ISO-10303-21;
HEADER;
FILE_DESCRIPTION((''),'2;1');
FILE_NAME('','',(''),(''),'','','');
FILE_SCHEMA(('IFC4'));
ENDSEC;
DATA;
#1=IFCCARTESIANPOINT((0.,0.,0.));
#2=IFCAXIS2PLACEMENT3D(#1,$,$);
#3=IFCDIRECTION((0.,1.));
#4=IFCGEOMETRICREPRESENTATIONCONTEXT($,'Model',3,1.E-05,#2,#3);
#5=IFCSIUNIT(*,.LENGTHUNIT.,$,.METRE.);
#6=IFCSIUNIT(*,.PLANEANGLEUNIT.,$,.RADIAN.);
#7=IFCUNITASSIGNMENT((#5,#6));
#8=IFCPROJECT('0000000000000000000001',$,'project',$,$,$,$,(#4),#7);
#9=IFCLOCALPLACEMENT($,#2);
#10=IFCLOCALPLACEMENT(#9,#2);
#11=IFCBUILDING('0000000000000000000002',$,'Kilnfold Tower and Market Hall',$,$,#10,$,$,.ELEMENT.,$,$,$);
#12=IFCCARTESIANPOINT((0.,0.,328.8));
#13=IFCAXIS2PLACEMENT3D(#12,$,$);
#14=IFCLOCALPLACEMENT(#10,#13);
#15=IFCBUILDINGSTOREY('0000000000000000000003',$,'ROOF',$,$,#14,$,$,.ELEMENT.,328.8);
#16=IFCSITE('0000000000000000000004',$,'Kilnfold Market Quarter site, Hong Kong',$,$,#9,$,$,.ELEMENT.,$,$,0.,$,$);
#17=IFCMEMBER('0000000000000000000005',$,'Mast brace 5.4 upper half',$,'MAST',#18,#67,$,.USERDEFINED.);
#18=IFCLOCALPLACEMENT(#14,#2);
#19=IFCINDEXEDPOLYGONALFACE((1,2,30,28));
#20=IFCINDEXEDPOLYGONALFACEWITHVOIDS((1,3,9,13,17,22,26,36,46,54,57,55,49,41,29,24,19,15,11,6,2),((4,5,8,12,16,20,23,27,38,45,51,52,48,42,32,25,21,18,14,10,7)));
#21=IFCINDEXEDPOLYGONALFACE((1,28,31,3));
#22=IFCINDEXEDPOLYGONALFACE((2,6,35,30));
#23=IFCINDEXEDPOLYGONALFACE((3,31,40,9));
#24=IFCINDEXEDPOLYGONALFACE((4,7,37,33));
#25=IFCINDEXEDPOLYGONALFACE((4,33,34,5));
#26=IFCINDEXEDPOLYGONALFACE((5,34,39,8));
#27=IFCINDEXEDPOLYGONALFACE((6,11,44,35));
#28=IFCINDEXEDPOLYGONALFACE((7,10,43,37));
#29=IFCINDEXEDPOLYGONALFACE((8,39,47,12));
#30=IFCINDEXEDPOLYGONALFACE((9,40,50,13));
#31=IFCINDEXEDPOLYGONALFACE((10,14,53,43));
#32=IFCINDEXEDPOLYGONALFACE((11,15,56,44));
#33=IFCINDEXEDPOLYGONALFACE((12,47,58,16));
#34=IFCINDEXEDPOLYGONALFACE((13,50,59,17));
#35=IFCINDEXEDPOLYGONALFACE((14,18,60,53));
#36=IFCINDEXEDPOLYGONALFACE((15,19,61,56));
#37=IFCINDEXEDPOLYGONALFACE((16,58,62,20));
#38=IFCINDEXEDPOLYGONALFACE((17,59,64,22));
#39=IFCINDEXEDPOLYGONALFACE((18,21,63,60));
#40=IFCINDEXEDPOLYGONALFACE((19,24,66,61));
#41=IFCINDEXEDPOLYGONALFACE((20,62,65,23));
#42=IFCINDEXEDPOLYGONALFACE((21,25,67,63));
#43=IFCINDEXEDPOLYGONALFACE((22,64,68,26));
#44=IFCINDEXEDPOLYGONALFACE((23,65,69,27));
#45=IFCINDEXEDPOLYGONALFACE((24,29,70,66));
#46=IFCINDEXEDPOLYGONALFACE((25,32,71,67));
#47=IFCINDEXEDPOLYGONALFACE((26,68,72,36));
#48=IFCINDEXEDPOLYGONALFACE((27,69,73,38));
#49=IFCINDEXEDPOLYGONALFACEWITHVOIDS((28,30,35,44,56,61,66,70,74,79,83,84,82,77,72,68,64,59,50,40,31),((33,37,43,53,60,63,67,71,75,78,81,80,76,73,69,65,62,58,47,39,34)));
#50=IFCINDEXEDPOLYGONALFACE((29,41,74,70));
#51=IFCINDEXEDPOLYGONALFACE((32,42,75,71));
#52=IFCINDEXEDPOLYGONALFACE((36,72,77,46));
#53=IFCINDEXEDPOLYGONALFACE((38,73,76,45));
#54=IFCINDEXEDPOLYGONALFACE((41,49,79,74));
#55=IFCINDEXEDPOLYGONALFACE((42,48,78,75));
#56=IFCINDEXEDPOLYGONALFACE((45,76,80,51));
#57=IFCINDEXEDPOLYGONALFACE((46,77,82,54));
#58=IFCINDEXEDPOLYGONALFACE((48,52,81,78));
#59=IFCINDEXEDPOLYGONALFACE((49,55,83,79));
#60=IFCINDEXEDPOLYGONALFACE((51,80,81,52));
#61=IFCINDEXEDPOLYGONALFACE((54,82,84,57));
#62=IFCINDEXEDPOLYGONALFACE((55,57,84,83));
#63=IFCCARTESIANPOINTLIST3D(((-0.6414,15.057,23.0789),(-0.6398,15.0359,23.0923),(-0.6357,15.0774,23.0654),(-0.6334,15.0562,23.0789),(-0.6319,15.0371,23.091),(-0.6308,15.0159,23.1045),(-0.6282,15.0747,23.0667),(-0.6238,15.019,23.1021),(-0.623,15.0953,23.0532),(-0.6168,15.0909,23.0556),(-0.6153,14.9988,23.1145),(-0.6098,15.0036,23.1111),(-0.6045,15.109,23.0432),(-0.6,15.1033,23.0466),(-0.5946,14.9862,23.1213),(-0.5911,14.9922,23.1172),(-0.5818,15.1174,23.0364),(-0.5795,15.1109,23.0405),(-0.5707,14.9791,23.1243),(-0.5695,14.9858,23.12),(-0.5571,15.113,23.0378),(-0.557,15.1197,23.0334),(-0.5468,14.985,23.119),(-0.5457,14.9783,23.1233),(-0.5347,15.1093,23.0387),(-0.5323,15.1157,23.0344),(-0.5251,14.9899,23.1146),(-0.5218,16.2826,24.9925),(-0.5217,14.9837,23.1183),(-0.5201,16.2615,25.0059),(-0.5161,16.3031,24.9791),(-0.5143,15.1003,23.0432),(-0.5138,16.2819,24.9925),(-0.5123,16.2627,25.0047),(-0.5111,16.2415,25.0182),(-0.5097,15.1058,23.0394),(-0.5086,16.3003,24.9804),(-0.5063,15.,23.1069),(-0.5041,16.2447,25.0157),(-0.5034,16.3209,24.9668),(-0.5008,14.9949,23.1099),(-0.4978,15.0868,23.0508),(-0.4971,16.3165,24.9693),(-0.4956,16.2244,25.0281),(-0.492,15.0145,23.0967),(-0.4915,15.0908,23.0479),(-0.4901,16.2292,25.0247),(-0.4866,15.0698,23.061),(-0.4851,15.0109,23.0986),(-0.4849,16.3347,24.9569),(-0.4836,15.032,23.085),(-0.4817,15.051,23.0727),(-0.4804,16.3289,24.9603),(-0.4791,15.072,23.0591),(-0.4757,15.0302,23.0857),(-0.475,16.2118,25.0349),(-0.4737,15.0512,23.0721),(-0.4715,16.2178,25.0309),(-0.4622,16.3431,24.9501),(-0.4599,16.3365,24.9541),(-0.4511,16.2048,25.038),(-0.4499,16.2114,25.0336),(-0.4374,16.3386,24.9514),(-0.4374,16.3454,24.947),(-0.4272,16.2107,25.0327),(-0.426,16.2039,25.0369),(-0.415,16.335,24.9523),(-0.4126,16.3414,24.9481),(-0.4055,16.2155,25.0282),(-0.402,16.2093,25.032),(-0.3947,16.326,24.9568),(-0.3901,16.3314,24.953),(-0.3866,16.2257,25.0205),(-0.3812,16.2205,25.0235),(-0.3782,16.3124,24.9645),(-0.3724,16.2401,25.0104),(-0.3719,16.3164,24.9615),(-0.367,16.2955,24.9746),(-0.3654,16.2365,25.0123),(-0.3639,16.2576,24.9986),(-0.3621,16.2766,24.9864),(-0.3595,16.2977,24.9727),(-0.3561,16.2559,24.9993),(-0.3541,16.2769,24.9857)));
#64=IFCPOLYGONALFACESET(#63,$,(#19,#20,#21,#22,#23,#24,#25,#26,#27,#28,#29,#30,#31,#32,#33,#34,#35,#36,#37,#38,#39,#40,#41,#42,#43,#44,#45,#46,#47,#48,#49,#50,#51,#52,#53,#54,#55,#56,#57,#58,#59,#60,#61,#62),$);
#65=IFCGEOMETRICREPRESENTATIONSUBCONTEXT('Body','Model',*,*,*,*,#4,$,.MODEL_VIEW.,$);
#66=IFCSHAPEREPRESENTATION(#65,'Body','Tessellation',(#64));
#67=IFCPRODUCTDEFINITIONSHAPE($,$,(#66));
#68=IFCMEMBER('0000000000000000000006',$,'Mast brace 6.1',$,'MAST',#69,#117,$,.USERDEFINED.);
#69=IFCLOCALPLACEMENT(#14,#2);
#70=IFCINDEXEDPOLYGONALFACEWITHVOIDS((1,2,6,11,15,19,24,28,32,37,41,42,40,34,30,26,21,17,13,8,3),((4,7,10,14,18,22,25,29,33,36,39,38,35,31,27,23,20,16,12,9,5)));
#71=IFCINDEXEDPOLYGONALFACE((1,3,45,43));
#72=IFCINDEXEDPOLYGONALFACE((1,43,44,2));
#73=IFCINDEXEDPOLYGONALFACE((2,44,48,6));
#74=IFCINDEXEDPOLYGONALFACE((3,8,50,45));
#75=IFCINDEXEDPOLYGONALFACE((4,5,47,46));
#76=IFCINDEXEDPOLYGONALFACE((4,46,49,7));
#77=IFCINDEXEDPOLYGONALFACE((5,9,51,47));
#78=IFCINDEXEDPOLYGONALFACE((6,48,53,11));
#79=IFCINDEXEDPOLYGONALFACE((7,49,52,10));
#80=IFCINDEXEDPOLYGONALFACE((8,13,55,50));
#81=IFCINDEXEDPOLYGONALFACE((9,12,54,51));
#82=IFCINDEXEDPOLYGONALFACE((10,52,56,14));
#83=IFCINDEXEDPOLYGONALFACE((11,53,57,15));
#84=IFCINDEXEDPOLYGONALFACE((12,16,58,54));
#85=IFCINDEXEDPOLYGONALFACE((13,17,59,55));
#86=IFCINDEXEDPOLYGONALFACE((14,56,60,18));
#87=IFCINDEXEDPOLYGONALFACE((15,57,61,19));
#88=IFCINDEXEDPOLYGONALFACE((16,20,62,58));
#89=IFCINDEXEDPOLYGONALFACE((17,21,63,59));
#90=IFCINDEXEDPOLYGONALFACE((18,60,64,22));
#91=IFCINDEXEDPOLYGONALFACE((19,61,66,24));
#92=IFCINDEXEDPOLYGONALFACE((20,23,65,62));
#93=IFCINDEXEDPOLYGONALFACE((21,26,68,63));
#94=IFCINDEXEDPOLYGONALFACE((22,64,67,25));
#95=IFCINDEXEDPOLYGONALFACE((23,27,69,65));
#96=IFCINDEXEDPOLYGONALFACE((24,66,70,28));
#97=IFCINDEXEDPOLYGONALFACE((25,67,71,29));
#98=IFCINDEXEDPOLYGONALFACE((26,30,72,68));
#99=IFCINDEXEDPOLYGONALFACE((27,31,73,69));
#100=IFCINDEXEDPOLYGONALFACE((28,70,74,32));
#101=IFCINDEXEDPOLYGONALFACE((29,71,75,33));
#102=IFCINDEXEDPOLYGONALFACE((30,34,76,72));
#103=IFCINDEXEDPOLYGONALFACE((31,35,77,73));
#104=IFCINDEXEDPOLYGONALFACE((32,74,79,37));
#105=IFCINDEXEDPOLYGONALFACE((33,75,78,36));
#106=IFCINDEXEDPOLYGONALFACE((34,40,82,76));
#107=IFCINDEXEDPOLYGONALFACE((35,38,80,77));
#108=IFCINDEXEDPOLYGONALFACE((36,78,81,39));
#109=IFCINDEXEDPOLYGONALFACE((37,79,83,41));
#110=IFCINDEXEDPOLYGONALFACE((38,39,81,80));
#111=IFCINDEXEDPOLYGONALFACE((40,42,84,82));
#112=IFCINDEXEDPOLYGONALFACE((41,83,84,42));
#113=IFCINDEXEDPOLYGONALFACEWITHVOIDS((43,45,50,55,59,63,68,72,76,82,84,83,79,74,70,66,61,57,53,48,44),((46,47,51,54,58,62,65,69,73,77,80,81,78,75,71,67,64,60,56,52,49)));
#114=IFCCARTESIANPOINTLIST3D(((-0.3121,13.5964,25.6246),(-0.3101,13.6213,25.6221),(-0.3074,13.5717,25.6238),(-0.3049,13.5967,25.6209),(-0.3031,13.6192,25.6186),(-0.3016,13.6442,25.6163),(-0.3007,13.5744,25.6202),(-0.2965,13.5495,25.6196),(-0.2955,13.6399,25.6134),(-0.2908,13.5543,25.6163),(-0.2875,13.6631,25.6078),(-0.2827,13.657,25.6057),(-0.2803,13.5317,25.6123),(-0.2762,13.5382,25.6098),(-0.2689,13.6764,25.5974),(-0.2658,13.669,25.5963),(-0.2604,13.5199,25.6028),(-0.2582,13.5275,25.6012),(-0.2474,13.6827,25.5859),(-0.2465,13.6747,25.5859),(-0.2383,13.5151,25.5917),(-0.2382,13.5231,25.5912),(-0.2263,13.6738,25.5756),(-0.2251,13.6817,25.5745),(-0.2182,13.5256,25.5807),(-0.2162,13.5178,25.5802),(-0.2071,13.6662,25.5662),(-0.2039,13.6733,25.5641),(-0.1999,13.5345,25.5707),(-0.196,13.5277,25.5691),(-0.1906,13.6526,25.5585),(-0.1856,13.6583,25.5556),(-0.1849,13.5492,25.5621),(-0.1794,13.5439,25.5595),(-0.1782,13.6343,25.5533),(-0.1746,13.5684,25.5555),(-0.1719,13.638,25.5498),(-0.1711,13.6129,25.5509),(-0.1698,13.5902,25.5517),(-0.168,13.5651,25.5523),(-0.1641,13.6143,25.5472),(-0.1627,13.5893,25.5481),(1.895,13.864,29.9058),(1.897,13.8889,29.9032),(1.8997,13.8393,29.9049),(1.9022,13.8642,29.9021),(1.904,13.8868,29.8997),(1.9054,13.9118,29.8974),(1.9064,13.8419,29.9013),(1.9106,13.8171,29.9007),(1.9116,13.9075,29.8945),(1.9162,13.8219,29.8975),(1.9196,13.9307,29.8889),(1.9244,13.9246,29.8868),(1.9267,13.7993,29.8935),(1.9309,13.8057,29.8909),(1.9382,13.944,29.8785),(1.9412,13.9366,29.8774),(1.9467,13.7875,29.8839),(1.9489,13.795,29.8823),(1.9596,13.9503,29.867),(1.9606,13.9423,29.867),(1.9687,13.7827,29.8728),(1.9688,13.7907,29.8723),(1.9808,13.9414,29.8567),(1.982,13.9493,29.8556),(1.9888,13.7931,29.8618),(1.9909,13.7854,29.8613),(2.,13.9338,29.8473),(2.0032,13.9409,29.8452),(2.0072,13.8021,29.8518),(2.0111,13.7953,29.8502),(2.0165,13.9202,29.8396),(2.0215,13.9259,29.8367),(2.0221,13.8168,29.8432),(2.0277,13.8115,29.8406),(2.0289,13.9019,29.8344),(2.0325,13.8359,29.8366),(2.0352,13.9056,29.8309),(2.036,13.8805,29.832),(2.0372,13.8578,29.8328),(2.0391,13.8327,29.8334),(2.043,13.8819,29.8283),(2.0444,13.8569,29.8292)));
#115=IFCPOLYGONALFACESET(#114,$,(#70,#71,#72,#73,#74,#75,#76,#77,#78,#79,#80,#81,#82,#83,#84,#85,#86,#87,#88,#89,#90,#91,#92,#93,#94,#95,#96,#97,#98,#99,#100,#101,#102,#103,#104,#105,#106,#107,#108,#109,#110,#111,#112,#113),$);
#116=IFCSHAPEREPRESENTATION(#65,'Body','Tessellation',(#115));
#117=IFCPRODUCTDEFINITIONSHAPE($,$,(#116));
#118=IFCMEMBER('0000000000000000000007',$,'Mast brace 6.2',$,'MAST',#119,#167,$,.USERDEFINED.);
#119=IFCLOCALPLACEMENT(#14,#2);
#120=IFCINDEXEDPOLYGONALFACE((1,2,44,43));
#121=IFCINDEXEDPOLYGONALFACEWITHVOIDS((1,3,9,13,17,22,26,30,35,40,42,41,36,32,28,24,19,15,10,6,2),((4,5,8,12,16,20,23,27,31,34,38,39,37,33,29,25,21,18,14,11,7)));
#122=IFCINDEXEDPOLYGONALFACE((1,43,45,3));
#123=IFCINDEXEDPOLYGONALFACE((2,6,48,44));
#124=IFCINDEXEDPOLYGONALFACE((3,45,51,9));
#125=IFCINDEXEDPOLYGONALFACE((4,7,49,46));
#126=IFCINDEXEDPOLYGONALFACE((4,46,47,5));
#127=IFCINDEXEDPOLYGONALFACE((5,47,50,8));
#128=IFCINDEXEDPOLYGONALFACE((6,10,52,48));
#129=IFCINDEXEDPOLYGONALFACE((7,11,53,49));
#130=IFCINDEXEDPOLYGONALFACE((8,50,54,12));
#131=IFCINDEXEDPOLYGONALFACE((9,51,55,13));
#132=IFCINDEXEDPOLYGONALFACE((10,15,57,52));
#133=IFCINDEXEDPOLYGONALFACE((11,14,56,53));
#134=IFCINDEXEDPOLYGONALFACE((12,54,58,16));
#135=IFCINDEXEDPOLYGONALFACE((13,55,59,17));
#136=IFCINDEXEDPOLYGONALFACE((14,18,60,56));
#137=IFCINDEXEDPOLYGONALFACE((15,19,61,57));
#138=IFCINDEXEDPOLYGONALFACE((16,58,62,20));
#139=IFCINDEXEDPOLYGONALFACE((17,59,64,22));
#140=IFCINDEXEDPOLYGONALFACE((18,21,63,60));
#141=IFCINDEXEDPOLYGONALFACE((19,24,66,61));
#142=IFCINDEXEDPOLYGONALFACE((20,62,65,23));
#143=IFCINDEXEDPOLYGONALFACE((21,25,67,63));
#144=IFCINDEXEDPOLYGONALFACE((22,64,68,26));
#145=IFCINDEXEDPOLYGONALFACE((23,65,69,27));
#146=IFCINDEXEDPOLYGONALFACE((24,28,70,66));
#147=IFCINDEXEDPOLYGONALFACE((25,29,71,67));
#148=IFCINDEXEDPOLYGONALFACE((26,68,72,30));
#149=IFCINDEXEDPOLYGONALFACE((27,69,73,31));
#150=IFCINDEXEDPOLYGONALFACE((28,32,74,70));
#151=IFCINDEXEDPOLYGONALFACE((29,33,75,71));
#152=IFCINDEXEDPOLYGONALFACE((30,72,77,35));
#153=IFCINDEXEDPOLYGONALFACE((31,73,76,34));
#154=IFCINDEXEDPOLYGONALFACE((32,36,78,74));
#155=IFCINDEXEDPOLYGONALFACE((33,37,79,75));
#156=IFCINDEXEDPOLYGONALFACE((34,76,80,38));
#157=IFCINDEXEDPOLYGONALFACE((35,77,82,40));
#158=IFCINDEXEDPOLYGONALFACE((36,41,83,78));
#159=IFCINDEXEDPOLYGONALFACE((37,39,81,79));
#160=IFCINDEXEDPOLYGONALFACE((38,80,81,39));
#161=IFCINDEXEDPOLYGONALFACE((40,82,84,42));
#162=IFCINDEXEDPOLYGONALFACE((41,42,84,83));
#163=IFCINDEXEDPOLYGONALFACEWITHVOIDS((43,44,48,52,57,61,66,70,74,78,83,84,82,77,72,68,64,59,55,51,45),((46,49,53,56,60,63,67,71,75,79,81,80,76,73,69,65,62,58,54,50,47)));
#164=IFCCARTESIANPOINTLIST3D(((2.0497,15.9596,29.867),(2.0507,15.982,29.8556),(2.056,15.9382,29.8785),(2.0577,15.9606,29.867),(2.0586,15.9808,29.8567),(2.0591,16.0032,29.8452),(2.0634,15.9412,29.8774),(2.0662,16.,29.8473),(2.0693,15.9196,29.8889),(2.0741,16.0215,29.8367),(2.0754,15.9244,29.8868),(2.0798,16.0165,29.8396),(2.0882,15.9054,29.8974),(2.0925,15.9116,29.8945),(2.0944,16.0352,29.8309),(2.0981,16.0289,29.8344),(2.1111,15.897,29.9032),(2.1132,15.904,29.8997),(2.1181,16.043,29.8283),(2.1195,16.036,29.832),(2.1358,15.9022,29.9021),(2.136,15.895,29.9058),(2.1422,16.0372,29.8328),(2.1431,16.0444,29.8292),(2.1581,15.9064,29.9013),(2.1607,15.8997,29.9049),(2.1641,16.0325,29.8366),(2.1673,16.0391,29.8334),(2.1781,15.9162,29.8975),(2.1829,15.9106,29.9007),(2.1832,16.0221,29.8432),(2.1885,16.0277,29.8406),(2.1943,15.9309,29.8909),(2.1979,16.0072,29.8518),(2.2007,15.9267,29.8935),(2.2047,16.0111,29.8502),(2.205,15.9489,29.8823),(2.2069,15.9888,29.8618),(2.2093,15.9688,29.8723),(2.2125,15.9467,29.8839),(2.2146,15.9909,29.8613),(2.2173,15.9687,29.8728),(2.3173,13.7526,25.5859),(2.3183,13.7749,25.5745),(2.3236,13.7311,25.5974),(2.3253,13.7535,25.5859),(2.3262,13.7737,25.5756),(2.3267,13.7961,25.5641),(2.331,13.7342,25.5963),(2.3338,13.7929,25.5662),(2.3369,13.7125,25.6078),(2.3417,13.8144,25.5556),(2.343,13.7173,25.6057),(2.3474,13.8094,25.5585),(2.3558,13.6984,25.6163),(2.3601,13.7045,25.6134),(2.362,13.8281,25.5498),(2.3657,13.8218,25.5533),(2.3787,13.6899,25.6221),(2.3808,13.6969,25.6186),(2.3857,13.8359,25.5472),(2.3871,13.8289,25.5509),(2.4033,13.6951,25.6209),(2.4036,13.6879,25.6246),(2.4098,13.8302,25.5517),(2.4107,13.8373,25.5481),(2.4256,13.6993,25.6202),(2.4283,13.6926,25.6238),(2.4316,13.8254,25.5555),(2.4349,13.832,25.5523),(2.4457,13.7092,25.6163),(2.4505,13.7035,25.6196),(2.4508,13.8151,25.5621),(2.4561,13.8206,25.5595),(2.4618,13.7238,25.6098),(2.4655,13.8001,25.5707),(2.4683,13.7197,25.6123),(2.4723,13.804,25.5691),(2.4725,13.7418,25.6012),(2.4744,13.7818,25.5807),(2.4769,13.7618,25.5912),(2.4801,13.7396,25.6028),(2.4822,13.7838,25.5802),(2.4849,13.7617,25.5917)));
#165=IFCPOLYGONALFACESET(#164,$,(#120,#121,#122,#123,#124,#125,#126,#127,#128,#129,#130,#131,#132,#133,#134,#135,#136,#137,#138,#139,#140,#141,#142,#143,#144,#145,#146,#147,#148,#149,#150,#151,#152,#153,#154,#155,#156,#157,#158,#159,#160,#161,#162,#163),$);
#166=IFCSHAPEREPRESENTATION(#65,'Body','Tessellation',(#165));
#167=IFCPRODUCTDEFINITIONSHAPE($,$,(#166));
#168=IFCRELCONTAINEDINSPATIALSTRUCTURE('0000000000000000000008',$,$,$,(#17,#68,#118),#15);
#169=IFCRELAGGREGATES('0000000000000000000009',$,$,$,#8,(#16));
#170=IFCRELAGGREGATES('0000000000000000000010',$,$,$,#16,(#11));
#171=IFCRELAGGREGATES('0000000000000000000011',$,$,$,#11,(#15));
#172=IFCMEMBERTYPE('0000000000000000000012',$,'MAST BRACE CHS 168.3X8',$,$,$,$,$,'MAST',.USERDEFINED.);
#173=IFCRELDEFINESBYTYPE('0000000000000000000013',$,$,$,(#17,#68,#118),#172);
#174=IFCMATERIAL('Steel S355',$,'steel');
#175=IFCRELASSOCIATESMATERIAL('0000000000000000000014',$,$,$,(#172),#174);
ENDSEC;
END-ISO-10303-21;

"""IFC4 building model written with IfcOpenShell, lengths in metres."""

from ifc_helpers import new_model, si_unit, direction, frame, origin, origin_2d, place, context, subcontext, project, spatial, hollow_circle, extrude, source, transform, mapped, material, material_profile, profile_set, type_object, element, save


model = new_model("IFC4")

# Units and contexts
model_context = context("Model", 3, precision=1e-05, world=origin(), true_north=direction((0.0, 1.0)))
body_context = subcontext(model_context, "Body", "Model", "MODEL_VIEW")
ifc_project = project(units=[si_unit("LENGTHUNIT", "METRE"), si_unit("PLANEANGLEUNIT", "RADIAN")], contexts=[model_context])

# Site, building, storey
site_placement = place(None, origin())
site = spatial("IfcSite", under=ifc_project, at=site_placement, Name="Kilnfold Market Quarter site, Hong Kong", CompositionType="ELEMENT", RefElevation=0.0)
building_placement = place(site_placement, origin())
building = spatial("IfcBuilding", under=site, at=building_placement, Name="Kilnfold Tower and Market Hall", CompositionType="ELEMENT")
storey_placement = place(building_placement, frame((0.0, 0.0, 328.8)))
storey = spatial("IfcBuildingStorey", under=building, at=storey_placement, Name="ROOF", CompositionType="ELEMENT", Elevation=328.8)

# Members
ifc_material_1 = material(Name="Steel S355", Category="steel")
ifc_material_profile_1 = material_profile(ifc_material_1, hollow_circle(Radius=0.0842, WallThickness=0.0081, at=origin_2d()), Name="CHS 168.3x8")
ifc_profile_set_1 = profile_set([ifc_material_profile_1], Name="Steel S355")
member_type_1 = type_object("IfcMemberType", Name="MAST BRACE CHS 168.3X8", ElementType="MAST", PredefinedType="USERDEFINED", material=ifc_profile_set_1)
shared_shape_1 = source(origin(), body_context, "Body", "SweptSolid", [
    extrude(hollow_circle(Radius=0.0842, WallThickness=0.0081, at=origin_2d()), origin(), (0.0, 0.0, 1.0), 2.2756),
])
for number, where, z_axis, x_axis, name in (
    (1, (-0.5576, 15.0488, 23.0789), (0.052571, 0.538588, 0.840927), (-0.99527, 0.097148, 0.0), "Mast brace 5.4 upper half"),
):
    element("IfcMember", number, at=place(storey_placement, frame(where, z_axis=z_axis, x_axis=x_axis)), inside=storey, type_object=member_type_1, Name=name, ObjectType="MAST", PredefinedType="USERDEFINED", context=body_context, shape_type="MappedRepresentation", body=[
        mapped(shared_shape_1, transform((0.0, 0.0, 0.0))),
    ])
shared_shape_2 = source(origin(), body_context, "Body", "SweptSolid", [
    extrude(hollow_circle(Radius=0.0842, WallThickness=0.0081, at=origin_2d()), origin(), (0.0, 0.0, 1.0), 4.824),
])
for number, where, z_axis, x_axis, name in (
    (2, (-0.2373, 13.5991, 25.5859), (0.457524, 0.05547, 0.887465), (-0.120358, 0.992731, 0.0), "Mast brace 6.1"),
    (3, (2.4009, 13.7627, 25.5859), (-0.05547, 0.457524, 0.887465), (-0.992731, -0.120358, 0.0), "Mast brace 6.2"),
):
    element("IfcMember", number, at=place(storey_placement, frame(where, z_axis=z_axis, x_axis=x_axis)), inside=storey, type_object=member_type_1, Name=name, ObjectType="MAST", PredefinedType="USERDEFINED", context=body_context, shape_type="MappedRepresentation", body=[
        mapped(shared_shape_2, transform((0.0, 0.0, 0.0))),
    ])

save(model, "model.ifc")
